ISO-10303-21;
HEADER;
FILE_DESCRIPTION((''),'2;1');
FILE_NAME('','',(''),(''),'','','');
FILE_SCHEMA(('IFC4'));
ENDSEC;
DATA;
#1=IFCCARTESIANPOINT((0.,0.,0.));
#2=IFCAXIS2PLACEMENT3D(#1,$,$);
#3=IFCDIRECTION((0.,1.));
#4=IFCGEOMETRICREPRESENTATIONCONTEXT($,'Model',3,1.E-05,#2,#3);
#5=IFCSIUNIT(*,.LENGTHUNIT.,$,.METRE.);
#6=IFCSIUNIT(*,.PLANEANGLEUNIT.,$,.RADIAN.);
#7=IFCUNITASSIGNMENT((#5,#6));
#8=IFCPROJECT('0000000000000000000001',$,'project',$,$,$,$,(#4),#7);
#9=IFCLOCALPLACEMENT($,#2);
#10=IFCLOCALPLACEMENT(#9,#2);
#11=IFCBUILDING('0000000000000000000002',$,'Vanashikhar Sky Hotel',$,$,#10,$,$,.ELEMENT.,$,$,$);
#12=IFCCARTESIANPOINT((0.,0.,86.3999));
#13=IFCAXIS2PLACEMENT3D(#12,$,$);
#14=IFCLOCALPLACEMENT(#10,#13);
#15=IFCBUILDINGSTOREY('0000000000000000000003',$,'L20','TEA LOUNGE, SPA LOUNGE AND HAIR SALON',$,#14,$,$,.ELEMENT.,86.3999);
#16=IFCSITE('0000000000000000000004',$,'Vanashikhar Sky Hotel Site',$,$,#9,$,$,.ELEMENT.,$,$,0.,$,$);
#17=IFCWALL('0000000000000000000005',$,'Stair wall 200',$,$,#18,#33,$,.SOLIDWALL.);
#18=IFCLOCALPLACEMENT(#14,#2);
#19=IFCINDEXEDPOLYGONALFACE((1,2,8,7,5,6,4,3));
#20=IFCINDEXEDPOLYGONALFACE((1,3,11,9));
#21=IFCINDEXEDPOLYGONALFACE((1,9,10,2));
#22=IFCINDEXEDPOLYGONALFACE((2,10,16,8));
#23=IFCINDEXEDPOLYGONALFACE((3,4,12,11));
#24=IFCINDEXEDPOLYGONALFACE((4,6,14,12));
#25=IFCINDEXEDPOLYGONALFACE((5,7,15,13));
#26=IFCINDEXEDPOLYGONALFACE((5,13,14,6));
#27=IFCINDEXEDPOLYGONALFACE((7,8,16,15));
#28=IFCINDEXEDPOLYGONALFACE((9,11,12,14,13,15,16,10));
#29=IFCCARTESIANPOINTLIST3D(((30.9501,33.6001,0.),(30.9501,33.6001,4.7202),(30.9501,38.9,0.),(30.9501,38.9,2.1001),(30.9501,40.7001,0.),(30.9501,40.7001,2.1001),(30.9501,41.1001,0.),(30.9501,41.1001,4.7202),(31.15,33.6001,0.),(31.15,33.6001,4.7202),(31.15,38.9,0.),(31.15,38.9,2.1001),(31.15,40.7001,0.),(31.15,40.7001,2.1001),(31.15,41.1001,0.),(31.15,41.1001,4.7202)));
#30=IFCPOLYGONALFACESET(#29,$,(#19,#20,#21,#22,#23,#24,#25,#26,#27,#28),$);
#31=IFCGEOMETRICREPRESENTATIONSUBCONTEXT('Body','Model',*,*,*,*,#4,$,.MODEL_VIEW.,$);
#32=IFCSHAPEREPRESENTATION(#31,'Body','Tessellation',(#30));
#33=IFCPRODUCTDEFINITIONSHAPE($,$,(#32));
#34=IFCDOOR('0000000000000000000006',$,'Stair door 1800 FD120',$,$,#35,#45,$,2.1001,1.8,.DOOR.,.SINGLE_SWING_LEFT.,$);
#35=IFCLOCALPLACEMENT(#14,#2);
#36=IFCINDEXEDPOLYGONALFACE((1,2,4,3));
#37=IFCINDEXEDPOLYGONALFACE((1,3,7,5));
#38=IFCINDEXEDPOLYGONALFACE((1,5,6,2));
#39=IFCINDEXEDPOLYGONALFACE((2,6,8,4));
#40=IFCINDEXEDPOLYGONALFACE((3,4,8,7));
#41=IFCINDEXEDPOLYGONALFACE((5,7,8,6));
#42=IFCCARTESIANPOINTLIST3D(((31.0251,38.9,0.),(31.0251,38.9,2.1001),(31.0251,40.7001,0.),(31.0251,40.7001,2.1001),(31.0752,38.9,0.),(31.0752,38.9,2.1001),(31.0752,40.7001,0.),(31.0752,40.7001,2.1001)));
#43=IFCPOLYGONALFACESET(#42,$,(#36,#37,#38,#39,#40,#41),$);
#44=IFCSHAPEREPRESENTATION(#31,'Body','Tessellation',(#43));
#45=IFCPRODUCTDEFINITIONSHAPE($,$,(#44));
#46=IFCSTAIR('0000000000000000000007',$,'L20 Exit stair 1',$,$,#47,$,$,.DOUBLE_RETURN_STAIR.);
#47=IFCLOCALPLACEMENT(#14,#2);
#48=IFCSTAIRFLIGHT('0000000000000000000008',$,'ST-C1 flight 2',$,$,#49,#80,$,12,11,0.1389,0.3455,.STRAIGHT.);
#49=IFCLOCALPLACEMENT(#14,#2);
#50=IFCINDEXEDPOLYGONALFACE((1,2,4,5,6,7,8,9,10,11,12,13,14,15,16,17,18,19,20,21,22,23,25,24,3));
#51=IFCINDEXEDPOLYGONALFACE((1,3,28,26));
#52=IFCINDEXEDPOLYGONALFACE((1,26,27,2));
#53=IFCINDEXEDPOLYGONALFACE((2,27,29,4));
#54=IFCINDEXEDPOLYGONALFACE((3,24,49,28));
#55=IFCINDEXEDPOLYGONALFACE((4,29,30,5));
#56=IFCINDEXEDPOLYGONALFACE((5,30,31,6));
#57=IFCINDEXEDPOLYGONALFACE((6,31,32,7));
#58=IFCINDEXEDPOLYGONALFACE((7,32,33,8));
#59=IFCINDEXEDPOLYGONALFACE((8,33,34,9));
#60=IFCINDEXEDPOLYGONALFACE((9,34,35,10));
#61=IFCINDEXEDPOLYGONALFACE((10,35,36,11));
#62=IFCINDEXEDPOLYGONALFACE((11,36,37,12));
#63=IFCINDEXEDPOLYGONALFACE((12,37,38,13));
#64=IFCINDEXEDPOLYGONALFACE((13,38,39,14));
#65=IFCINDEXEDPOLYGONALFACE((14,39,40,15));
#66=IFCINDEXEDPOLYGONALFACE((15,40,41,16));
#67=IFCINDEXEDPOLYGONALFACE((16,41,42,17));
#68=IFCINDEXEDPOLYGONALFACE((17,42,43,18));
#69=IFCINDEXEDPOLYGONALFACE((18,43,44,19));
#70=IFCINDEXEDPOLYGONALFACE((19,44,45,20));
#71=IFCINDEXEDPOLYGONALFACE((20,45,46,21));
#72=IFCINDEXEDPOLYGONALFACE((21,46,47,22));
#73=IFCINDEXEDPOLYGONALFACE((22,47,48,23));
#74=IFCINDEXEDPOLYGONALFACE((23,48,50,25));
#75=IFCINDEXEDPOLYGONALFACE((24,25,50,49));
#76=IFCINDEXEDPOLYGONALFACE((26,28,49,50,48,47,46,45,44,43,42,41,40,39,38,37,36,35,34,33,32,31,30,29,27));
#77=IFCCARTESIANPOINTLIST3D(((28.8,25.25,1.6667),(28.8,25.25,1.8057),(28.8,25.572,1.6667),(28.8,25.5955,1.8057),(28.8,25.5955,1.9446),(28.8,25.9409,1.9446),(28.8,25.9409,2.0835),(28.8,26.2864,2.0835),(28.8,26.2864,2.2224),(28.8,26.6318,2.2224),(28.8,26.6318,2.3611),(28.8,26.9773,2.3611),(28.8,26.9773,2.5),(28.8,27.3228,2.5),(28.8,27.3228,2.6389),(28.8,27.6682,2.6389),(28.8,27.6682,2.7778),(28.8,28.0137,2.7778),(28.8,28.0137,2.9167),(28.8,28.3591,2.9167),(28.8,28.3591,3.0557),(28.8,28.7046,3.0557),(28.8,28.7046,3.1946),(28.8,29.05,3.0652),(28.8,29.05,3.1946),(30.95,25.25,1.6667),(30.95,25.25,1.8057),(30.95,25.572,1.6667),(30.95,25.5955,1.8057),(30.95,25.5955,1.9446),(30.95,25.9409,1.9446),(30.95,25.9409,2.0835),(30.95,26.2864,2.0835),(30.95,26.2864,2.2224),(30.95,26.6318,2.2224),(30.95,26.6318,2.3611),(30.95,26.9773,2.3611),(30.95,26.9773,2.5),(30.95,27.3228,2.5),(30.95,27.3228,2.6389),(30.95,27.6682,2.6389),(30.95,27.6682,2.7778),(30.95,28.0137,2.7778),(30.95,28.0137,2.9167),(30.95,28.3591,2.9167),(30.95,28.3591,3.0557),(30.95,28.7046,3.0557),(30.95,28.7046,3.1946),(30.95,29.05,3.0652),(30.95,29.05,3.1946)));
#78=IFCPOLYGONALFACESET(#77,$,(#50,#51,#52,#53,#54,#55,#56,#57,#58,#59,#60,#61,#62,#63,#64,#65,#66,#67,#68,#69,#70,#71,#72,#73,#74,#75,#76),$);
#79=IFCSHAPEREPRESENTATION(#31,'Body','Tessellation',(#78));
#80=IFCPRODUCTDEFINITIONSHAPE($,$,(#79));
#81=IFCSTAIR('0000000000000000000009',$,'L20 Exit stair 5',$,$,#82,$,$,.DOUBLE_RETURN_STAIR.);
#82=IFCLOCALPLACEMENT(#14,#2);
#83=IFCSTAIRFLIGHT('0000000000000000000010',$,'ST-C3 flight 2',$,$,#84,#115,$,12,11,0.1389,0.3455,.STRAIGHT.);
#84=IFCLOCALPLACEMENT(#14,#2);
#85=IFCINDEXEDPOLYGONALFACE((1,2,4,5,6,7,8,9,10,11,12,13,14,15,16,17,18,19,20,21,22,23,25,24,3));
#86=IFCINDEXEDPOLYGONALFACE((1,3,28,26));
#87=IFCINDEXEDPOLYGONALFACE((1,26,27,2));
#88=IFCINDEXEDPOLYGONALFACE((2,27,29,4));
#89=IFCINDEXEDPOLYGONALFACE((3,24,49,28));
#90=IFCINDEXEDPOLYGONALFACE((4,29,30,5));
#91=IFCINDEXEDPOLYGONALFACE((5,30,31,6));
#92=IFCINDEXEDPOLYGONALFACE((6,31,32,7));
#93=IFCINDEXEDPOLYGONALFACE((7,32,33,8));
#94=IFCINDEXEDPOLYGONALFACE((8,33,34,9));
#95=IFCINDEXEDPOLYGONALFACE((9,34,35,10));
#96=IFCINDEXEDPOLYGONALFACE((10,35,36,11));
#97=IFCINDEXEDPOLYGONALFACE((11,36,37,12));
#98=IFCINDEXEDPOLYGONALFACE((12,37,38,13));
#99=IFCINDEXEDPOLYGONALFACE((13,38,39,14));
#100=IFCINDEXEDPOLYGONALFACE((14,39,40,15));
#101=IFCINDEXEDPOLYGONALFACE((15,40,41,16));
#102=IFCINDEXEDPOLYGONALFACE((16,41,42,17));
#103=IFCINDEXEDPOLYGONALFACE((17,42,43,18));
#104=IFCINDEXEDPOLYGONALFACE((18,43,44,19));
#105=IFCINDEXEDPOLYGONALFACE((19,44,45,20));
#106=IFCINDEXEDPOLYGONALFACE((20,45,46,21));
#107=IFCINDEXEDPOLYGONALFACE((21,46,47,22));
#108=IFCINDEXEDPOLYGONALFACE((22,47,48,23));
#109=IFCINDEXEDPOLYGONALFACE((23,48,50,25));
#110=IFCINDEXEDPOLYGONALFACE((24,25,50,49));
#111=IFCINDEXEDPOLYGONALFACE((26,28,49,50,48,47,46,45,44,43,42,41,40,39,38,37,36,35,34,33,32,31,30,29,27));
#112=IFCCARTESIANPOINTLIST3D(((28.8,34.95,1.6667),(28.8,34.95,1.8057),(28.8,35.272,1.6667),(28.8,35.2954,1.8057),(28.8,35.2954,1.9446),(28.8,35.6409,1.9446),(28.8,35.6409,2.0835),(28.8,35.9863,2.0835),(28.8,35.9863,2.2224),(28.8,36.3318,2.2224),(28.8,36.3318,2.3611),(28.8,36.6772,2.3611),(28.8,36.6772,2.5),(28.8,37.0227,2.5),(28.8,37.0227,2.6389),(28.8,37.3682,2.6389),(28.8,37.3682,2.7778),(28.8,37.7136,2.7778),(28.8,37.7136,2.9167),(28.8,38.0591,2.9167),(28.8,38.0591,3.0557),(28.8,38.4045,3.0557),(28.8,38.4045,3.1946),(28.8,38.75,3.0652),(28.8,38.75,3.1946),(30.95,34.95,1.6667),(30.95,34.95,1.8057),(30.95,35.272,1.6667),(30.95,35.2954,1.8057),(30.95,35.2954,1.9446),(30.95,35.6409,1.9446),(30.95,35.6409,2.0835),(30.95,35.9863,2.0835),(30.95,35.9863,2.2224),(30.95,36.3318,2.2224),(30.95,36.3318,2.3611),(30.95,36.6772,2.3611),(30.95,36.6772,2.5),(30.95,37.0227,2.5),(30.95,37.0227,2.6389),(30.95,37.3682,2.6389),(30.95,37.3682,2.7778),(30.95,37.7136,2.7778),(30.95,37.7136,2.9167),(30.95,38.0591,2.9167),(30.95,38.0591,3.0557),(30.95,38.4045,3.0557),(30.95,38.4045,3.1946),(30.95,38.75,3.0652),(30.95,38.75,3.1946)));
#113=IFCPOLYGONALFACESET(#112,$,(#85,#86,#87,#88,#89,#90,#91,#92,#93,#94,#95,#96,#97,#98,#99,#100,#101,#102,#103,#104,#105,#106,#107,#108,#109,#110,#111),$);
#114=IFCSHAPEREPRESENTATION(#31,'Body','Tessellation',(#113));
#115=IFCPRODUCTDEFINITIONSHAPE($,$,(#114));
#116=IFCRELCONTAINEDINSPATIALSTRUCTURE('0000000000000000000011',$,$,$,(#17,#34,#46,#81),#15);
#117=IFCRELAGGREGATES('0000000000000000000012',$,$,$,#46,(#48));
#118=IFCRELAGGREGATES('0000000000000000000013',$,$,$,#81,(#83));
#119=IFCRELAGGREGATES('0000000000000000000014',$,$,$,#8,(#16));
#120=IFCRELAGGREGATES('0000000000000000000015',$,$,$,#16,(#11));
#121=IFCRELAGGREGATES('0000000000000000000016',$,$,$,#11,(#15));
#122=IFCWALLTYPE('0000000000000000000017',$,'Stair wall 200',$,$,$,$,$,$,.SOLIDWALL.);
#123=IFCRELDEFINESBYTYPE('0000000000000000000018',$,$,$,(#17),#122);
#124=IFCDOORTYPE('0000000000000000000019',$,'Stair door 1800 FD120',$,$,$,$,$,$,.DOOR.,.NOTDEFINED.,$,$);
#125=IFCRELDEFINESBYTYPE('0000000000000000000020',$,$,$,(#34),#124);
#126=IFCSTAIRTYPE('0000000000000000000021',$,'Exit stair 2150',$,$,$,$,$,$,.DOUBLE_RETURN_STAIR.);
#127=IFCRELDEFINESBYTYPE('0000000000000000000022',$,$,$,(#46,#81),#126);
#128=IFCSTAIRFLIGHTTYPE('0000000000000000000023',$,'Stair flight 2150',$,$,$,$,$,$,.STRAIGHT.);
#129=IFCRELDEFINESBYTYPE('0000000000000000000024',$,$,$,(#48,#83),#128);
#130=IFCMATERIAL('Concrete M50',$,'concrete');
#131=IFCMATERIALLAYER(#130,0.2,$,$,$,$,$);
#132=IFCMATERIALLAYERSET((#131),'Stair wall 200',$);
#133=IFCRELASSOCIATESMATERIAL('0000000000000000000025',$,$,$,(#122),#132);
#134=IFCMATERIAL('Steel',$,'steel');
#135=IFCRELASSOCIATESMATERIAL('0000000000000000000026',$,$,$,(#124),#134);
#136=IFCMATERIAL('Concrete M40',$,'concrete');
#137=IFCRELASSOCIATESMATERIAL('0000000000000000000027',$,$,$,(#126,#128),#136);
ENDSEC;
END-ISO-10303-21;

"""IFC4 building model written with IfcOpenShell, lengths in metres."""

from ifc_helpers import new_model, si_unit, direction, frame, frame_2d, origin, place, context, subcontext, project, spatial, polyline, rectangle, outline, extrude, source, transform, mapped, material, layer, layer_set, type_object, element, fill, aggregate, save


model = new_model("IFC4")

# Units and contexts
model_context = context("Model", 3, precision=1e-05, world=origin(), true_north=direction((0.0, 1.0)))
body_context = subcontext(model_context, "Body", "Model", "MODEL_VIEW")
ifc_project = project(units=[si_unit("LENGTHUNIT", "METRE"), si_unit("PLANEANGLEUNIT", "RADIAN")], contexts=[model_context])

# Site, building, storey
site_placement = place(None, origin())
site = spatial("IfcSite", under=ifc_project, at=site_placement, Name="Vanashikhar Sky Hotel Site", CompositionType="ELEMENT", RefElevation=0.0)
building_placement = place(site_placement, origin())
building = spatial("IfcBuilding", under=site, at=building_placement, Name="Vanashikhar Sky Hotel", CompositionType="ELEMENT")
storey_placement = place(building_placement, frame((0.0, 0.0, 86.3999)))
storey = spatial("IfcBuildingStorey", under=building, at=storey_placement, Name="L20", Description="TEA LOUNGE, SPA LOUNGE AND HAIR SALON", CompositionType="ELEMENT", Elevation=86.3999)

# Shared definitions
ifc_material_1 = material(Name="Steel", Category="steel")

# Shared definitions
ifc_material_2 = material(Name="Concrete M40", Category="concrete")

# Shared definitions
ifc_material_3 = material(Name="Concrete M50", Category="concrete")
ifc_layer_1 = layer(ifc_material_3, 0.2)
ifc_layer_set_1 = layer_set([ifc_layer_1], Name="Stair wall 200")
wall_type_1 = type_object("IfcWallType", Name="Stair wall 200", PredefinedType="SOLIDWALL", material=ifc_layer_set_1)

# Wall, opening, door
shared_shape_1 = source(origin(), body_context, "Body", "SweptSolid", [
    extrude(rectangle(XDim=7.5, YDim=0.2, at=frame_2d((3.75, 0.0))), origin(), (0.0, 0.0, 1.0), 4.7202),
])
wall_1_placement = place(storey_placement, frame((31.05, 33.6001, 0.0), z_axis=(0.0, 0.0, 1.0), x_axis=(0.0, 1.0, 0.0)))
wall_1 = element("IfcWall", 1, at=wall_1_placement, inside=storey, type_object=wall_type_1, Name="Stair wall 200", PredefinedType="SOLIDWALL", context=body_context, shape_type="MappedRepresentation", body=[
    mapped(shared_shape_1, transform((0.0, 0.0, 0.0), scale=1.0)),
])
shared_shape_2 = source(origin(), body_context, "Body", "SweptSolid", [
    extrude(rectangle(XDim=1.8, YDim=2.1001, at=frame_2d((0.8999, 1.05))), frame((0.0, 0.1099, 0.0), z_axis=(0.0, -1.0, 0.0), x_axis=(1.0, 0.0, 0.0)), (0.0, 0.0, 1.0), 0.22),
])
opening_1_placement = place(wall_1_placement, frame((5.3, 0.0, 0.0)))
opening_1 = element("IfcOpeningElement", 2, at=opening_1_placement, cuts=wall_1, PredefinedType="OPENING", context=body_context, shape_type="MappedRepresentation", body=[
    mapped(shared_shape_2, transform((0.0, 0.0, 0.0), scale=1.0)),
])
door_type_1 = type_object("IfcDoorType", Name="Stair door 1800 FD120", OperationType="NOTDEFINED", PredefinedType="DOOR", material=ifc_material_1)
shared_shape_3 = source(origin(), body_context, "Body", "SweptSolid", [
    extrude(rectangle(XDim=1.8, YDim=2.1001, at=frame_2d((0.8999, 1.05))), frame((0.0, 0.0249, 0.0), z_axis=(0.0, -1.0, 0.0), x_axis=(1.0, 0.0, 0.0)), (0.0, 0.0, 1.0), 0.05),
])
door_1_placement = place(opening_1_placement, origin())
door_1 = element("IfcDoor", 3, at=door_1_placement, inside=storey, type_object=door_type_1, Name="Stair door 1800 FD120", OperationType="SINGLE_SWING_LEFT", OverallHeight=2.1001, OverallWidth=1.8, PredefinedType="DOOR", context=body_context, shape_type="MappedRepresentation", body=[
    mapped(shared_shape_3, transform((0.0, 0.0, 0.0), scale=1.0)),
])
fill(opening_1, door_1)

# Stairs, stair flights
stair_type = type_object("IfcStairType", Name="Exit stair 2150", PredefinedType="DOUBLE_RETURN_STAIR", material=ifc_material_2)
stair_1_placement = place(storey_placement, origin())
stair_1 = element("IfcStair", 4, at=stair_1_placement, inside=storey, type_object=stair_type, Name="L20 Exit stair 1", PredefinedType="DOUBLE_RETURN_STAIR")
stair_flight_type = type_object("IfcStairFlightType", Name="Stair flight 2150", PredefinedType="STRAIGHT", material=ifc_material_2)
shared_shape_4 = source(origin(), body_context, "Body", "SweptSolid", [
    extrude(outline(polyline([(0.0, 0.0), (0.0, 0.1389), (0.3455, 0.1389), (0.3455, 0.2778), (0.6909, 0.2778), (0.6909, 0.4167), (1.0364, 0.4167), (1.0364, 0.5557), (1.3818, 0.5557), (1.3818, 0.6943), (1.7273, 0.6943), (1.7273, 0.8333), (2.0728, 0.8333), (2.0728, 0.9722), (2.4182, 0.9722), (2.4182, 1.1111), (2.7637, 1.1111), (2.7637, 1.25), (3.1091, 1.25), (3.1091, 1.3889), (3.4546, 1.3889), (3.4546, 1.5278), (3.8, 1.5278), (3.8, 1.6667), (3.8, 1.3984), (0.322, 0.0), (0.0, 0.0)])), frame((0.0, 1.075, 0.0), z_axis=(0.0, -1.0, 0.0), x_axis=(1.0, 0.0, 0.0)), (0.0, 0.0, 1.0), 2.1499),
])
stair_flight_1_placement = place(storey_placement, frame((29.875, 25.25, 1.6667), z_axis=(0.0, 0.0, 1.0), x_axis=(0.0, 1.0, 0.0)))
stair_flight_1 = element("IfcStairFlight", 5, at=stair_flight_1_placement, type_object=stair_flight_type, Name="ST-C1 flight 2", NumberOfRisers=12, NumberOfTreads=11, PredefinedType="STRAIGHT", RiserHeight=0.1389, TreadLength=0.3455, context=body_context, shape_type="MappedRepresentation", body=[
    mapped(shared_shape_4, transform((0.0, 0.0, 0.0), scale=1.0)),
])
aggregate(stair_1, [stair_flight_1])
stair_2_placement = place(storey_placement, origin())
stair_2 = element("IfcStair", 6, at=stair_2_placement, inside=storey, type_object=stair_type, Name="L20 Exit stair 5", PredefinedType="DOUBLE_RETURN_STAIR")
stair_flight_2_placement = place(storey_placement, frame((29.875, 34.95, 1.6667), z_axis=(0.0, 0.0, 1.0), x_axis=(0.0, 1.0, 0.0)))
stair_flight_2 = element("IfcStairFlight", 7, at=stair_flight_2_placement, type_object=stair_flight_type, Name="ST-C3 flight 2", NumberOfRisers=12, NumberOfTreads=11, PredefinedType="STRAIGHT", RiserHeight=0.1389, TreadLength=0.3455, context=body_context, shape_type="MappedRepresentation", body=[
    mapped(shared_shape_4, transform((0.0, 0.0, 0.0), scale=1.0)),
])
aggregate(stair_2, [stair_flight_2])

save(model, "model.ifc")
